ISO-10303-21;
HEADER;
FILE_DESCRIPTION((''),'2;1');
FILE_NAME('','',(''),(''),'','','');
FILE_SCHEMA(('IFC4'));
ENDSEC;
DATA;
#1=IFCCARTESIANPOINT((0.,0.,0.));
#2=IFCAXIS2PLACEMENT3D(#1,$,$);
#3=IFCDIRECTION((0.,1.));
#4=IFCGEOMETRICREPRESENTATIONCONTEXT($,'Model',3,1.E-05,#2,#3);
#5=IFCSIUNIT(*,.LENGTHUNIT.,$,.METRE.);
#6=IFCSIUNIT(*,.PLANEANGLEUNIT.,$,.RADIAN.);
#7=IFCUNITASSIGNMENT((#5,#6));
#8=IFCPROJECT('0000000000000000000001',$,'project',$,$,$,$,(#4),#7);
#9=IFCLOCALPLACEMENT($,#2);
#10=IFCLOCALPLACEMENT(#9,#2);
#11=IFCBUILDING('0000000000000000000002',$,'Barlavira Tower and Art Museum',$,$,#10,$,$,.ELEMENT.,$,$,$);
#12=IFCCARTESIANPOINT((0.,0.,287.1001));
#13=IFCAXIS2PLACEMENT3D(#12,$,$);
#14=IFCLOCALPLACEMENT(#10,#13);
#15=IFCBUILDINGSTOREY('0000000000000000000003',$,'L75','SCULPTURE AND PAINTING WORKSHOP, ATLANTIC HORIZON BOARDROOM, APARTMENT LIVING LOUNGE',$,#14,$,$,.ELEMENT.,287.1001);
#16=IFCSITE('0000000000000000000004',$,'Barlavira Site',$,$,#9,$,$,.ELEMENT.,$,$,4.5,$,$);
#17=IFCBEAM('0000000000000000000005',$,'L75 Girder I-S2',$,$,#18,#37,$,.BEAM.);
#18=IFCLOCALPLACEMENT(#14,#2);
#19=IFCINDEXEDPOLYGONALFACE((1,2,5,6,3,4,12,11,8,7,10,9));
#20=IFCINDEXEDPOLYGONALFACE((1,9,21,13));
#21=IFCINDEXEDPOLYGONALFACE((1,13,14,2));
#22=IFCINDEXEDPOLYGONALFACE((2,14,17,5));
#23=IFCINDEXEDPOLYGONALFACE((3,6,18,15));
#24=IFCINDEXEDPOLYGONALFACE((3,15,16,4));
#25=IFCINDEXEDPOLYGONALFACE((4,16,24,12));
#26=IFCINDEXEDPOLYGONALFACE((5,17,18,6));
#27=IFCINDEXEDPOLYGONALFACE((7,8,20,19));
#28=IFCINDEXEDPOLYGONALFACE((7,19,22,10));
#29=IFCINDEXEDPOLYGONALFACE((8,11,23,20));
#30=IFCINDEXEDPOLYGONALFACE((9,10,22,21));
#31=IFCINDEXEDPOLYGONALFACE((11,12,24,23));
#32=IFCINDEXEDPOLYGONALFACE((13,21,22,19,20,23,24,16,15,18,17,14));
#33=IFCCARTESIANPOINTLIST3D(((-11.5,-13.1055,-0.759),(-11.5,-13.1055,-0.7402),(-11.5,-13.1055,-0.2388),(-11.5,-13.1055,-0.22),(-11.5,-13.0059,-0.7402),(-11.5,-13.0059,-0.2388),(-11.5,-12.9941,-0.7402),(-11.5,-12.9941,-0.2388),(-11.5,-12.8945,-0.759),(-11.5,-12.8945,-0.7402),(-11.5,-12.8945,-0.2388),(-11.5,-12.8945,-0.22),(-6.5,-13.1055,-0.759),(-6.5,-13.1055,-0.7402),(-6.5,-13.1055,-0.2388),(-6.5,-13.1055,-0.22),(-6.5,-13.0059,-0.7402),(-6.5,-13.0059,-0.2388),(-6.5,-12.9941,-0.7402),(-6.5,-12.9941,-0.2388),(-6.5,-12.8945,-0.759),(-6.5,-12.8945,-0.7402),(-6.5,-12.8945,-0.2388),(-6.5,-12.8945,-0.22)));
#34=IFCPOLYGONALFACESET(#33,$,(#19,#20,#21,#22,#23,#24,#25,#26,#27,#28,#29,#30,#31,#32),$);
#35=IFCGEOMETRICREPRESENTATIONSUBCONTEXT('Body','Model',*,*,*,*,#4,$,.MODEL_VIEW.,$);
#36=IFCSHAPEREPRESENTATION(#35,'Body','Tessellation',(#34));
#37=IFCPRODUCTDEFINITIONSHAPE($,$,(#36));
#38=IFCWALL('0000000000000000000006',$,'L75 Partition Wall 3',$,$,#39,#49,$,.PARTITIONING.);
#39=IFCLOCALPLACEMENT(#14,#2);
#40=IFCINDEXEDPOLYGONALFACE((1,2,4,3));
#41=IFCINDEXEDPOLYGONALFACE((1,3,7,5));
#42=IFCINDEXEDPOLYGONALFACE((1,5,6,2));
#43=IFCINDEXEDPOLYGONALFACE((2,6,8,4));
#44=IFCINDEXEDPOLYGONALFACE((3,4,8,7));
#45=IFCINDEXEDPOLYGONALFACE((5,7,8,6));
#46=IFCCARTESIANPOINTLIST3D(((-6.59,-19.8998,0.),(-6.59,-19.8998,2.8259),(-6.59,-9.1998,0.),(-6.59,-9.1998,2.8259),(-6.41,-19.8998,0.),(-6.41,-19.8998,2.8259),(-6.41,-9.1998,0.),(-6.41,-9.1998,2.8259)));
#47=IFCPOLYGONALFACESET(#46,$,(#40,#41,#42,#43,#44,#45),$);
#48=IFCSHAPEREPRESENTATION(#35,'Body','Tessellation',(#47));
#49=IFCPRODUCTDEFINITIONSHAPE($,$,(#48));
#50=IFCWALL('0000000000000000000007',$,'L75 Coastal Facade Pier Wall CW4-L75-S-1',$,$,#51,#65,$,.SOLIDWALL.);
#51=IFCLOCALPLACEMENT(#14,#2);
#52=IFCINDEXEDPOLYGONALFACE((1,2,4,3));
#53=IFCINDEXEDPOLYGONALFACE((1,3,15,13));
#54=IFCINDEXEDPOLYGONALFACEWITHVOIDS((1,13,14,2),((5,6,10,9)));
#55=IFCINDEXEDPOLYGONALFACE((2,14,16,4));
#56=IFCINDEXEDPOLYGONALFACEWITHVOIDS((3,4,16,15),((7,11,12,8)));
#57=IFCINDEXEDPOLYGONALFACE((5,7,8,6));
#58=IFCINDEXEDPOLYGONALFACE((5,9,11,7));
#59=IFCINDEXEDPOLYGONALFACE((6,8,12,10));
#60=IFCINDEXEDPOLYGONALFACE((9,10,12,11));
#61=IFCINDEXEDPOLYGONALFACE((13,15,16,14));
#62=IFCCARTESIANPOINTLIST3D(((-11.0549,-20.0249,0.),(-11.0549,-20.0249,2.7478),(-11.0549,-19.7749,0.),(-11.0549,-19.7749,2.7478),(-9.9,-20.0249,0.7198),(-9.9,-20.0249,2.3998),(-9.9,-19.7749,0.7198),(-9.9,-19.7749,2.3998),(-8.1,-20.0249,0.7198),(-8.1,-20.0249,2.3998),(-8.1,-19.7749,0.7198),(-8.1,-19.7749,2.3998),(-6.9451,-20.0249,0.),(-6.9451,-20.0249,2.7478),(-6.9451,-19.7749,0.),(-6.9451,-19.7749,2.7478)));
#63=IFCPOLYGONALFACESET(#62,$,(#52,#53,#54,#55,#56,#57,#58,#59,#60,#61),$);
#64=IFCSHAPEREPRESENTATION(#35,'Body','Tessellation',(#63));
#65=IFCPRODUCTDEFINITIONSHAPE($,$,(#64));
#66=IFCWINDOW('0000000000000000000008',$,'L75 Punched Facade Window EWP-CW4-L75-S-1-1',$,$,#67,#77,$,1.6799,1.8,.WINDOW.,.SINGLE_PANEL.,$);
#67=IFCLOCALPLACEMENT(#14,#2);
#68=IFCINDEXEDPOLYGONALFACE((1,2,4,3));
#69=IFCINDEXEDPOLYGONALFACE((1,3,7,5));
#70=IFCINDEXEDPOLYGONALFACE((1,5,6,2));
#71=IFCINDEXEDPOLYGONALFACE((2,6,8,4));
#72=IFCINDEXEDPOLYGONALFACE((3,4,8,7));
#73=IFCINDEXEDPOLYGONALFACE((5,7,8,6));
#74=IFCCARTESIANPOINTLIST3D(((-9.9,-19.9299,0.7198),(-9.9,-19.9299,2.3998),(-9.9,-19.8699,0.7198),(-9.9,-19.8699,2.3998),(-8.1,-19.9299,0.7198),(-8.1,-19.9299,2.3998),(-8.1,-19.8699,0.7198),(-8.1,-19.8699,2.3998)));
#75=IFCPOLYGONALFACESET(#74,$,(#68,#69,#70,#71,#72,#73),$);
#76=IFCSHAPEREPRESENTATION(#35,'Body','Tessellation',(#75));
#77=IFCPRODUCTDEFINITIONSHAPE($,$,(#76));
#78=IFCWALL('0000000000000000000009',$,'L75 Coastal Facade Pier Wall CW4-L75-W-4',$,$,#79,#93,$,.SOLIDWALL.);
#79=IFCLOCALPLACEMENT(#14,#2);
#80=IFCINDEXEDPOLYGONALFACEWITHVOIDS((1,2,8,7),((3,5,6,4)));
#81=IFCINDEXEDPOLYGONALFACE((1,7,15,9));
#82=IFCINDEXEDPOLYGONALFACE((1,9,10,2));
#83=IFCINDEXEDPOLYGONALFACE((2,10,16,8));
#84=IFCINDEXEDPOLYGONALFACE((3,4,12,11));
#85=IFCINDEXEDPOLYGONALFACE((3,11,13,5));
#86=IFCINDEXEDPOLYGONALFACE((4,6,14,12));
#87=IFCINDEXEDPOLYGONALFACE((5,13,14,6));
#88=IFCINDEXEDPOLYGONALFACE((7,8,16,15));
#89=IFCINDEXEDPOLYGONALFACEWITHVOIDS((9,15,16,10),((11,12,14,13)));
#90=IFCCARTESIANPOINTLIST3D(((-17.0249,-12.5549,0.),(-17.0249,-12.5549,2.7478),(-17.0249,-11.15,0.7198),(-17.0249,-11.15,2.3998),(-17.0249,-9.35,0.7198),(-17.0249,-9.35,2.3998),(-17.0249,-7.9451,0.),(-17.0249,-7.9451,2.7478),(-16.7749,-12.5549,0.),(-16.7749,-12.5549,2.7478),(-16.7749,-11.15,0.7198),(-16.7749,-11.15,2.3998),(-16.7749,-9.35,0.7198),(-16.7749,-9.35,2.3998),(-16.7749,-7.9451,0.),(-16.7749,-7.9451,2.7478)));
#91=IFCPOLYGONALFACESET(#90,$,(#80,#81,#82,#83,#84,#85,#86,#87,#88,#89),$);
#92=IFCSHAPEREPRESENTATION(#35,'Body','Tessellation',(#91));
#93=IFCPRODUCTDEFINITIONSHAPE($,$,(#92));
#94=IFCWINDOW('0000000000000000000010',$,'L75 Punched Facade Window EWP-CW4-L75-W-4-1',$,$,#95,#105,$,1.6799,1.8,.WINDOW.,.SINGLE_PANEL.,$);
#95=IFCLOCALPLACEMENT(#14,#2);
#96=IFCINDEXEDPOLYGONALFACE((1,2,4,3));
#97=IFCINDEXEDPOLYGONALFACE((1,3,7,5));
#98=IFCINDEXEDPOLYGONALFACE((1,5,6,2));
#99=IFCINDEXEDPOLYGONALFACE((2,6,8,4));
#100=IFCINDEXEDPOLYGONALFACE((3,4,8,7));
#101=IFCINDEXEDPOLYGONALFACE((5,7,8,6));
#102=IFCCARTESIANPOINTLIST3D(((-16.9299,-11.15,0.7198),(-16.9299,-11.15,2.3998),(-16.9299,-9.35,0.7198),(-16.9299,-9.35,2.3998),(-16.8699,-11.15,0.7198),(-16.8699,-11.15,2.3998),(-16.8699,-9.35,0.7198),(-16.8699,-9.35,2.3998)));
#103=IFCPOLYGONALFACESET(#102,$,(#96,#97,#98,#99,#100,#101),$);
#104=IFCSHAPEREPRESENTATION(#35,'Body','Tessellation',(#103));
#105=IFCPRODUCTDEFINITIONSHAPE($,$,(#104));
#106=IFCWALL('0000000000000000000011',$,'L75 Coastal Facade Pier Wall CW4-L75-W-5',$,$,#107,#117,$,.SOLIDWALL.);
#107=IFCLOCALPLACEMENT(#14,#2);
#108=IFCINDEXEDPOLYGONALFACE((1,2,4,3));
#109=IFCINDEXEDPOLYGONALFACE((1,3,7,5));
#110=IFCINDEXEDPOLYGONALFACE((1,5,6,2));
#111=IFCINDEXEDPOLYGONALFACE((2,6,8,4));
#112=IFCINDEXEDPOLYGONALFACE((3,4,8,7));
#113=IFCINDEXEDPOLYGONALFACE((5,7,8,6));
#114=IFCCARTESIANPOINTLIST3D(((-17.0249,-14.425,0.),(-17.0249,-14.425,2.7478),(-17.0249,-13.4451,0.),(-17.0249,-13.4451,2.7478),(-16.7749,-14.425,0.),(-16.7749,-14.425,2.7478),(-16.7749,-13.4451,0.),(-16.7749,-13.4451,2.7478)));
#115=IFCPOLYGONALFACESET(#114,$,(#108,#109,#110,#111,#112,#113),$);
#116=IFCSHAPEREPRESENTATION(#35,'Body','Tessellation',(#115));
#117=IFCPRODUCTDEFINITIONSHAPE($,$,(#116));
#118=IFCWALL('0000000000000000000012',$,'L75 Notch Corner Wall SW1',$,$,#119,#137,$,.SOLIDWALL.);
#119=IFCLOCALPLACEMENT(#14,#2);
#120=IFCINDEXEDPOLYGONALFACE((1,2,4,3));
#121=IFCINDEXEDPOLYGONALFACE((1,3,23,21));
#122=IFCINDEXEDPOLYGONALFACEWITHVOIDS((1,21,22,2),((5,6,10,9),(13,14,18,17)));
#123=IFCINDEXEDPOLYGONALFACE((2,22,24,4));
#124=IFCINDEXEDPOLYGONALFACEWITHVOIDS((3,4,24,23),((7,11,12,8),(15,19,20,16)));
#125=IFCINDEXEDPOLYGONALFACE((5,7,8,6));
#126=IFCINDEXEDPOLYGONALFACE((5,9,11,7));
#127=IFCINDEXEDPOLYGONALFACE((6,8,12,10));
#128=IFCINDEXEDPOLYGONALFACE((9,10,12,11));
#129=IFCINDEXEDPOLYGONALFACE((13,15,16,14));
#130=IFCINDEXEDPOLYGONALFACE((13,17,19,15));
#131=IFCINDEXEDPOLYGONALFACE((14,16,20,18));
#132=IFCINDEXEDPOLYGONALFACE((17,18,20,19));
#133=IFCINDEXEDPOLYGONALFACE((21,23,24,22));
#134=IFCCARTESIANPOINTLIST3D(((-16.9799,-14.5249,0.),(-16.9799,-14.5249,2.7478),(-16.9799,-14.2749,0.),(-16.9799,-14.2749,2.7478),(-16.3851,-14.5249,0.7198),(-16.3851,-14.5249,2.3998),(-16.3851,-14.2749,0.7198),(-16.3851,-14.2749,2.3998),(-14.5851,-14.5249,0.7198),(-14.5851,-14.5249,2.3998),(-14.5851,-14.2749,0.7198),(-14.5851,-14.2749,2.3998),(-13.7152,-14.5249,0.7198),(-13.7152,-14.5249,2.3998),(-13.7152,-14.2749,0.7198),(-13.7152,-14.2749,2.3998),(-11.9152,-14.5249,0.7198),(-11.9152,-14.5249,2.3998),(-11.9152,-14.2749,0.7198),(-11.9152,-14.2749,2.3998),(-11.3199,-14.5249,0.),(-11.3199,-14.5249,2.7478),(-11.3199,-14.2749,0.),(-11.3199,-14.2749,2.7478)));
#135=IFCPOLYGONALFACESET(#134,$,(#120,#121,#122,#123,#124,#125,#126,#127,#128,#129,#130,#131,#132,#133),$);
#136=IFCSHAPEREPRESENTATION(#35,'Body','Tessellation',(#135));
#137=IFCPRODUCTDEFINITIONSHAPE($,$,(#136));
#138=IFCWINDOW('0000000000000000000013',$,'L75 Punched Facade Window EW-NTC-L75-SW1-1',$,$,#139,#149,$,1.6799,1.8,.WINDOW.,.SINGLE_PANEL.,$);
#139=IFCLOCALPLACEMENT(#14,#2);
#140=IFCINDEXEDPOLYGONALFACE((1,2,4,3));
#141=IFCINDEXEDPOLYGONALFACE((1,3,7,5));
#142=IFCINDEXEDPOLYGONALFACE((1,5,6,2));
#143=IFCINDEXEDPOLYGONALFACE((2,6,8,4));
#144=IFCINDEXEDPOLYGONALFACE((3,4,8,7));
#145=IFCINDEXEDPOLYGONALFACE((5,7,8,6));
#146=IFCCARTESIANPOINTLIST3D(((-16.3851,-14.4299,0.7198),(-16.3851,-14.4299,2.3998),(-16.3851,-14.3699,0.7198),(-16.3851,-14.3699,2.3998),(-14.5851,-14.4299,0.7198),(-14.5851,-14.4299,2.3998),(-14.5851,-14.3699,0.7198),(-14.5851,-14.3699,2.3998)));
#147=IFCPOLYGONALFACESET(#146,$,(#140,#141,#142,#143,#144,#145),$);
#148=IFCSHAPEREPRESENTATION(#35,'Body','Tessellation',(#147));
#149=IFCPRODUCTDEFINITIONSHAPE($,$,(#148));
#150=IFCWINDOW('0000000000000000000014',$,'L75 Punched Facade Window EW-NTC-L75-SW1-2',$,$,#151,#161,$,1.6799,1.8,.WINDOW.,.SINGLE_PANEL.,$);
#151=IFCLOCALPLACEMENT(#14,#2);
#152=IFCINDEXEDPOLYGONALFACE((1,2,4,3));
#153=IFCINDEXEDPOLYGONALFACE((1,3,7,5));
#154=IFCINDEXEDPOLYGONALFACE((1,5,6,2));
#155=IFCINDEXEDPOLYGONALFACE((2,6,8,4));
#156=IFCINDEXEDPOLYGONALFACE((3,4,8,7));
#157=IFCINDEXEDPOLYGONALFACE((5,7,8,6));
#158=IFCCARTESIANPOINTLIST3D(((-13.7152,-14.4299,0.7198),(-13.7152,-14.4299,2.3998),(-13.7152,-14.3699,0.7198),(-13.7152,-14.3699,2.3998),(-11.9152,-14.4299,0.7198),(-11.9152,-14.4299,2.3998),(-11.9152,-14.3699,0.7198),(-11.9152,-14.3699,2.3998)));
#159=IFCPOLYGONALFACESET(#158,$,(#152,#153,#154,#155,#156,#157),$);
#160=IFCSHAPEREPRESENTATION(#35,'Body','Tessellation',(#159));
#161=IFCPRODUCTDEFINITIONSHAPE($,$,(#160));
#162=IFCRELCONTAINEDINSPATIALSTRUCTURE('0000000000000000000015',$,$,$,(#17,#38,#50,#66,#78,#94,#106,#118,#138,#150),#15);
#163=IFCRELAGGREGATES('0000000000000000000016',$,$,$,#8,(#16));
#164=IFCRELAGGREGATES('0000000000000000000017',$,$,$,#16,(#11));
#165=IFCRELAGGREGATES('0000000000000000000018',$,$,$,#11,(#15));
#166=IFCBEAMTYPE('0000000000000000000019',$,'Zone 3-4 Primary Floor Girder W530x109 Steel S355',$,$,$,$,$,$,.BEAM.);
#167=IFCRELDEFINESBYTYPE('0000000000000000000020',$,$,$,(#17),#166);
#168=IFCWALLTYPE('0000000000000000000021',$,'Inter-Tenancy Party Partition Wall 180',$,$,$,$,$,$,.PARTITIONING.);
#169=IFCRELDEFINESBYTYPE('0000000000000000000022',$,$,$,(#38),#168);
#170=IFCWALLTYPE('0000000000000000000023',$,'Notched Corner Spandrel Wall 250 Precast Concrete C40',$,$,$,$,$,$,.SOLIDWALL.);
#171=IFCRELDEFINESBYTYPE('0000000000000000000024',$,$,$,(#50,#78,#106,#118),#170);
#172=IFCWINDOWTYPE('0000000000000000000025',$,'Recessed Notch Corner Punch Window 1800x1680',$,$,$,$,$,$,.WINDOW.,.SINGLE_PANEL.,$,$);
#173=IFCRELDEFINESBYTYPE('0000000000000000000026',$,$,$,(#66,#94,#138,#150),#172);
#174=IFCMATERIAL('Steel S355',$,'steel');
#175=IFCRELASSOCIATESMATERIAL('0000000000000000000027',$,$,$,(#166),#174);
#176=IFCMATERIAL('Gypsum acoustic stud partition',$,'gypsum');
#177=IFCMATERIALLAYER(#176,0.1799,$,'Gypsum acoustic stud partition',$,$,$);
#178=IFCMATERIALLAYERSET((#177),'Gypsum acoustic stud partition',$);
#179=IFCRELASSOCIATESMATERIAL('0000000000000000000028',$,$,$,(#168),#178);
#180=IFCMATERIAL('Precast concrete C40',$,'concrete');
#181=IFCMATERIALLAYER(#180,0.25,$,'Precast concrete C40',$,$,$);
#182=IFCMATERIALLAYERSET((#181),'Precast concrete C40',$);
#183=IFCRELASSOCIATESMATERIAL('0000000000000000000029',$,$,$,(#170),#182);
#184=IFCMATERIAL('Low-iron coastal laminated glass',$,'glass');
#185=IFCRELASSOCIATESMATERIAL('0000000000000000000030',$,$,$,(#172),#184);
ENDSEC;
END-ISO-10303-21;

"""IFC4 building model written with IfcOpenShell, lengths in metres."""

from ifc_helpers import new_model, si_unit, direction, frame, frame_2d, origin, origin_2d, place, context, subcontext, project, spatial, rectangle, i_section, extrude, material, layer, layer_set, material_profile, profile_set, type_object, element, fill, save


model = new_model("IFC4")

# Units and contexts
model_context = context("Model", 3, precision=1e-05, world=origin(), true_north=direction((0.0, 1.0)))
body_context = subcontext(model_context, "Body", "Model", "MODEL_VIEW")
ifc_project = project(units=[si_unit("LENGTHUNIT", "METRE"), si_unit("PLANEANGLEUNIT", "RADIAN")], contexts=[model_context])

# Site, building, storey
site_placement = place(None, origin())
site = spatial("IfcSite", under=ifc_project, at=site_placement, Name="Barlavira Site", CompositionType="ELEMENT", RefElevation=4.5)
building_placement = place(site_placement, origin())
building = spatial("IfcBuilding", under=site, at=building_placement, Name="Barlavira Tower and Art Museum", CompositionType="ELEMENT")
storey_placement = place(building_placement, frame((0.0, 0.0, 287.1001)))
storey = spatial("IfcBuildingStorey", under=building, at=storey_placement, Name="L75", Description="SCULPTURE AND PAINTING WORKSHOP, ATLANTIC HORIZON BOARDROOM, APARTMENT LIVING LOUNGE", CompositionType="ELEMENT", Elevation=287.1001)

# Beam
ifc_material_1 = material(Name="Steel S355", Category="steel")
ifc_material_profile_1 = material_profile(ifc_material_1, i_section(OverallWidth=0.2109, OverallDepth=0.5391, WebThickness=0.0117, FlangeThickness=0.0188, at=origin_2d()), Name="W530x109.0")
ifc_profile_set_1 = profile_set([ifc_material_profile_1], Name="Steel S355")
beam_type_1 = type_object("IfcBeamType", Name="Zone 3-4 Primary Floor Girder W530x109 Steel S355", PredefinedType="BEAM", material=ifc_profile_set_1)
beam_1_placement = place(storey_placement, frame((-11.5, -13.0, -0.4895), z_axis=(1.0, 0.0, 0.0), x_axis=(0.0, 1.0, 0.0)))
element("IfcBeam", 1, at=beam_1_placement, inside=storey, type_object=beam_type_1, Name="L75 Girder I-S2", PredefinedType="BEAM", context=body_context, shape_type="SweptSolid", body=[
    extrude(i_section(OverallWidth=0.2109, OverallDepth=0.5391, WebThickness=0.0117, FlangeThickness=0.0188, at=origin_2d()), origin(), (0.0, 0.0, 1.0), 5.0),
])

# Wall
ifc_material_2 = material(Name="Gypsum acoustic stud partition", Category="gypsum")
ifc_layer_1 = layer(ifc_material_2, 0.1799, Name="Gypsum acoustic stud partition")
ifc_layer_set_1 = layer_set([ifc_layer_1], Name="Gypsum acoustic stud partition")
wall_type_1 = type_object("IfcWallType", Name="Inter-Tenancy Party Partition Wall 180", PredefinedType="PARTITIONING", material=ifc_layer_set_1)
wall_1_placement = place(storey_placement, frame((-6.5, -19.8999, 0.0), z_axis=(0.0, 0.0, 1.0), x_axis=(0.0, 1.0, 0.0)))
element("IfcWall", 2, at=wall_1_placement, inside=storey, type_object=wall_type_1, Name="L75 Partition Wall 3", PredefinedType="PARTITIONING", context=body_context, shape_type="SweptSolid", body=[
    extrude(rectangle(XDim=10.7, YDim=0.1799, at=frame_2d((5.3501, 0.0))), origin(), (0.0, 0.0, 1.0), 2.8259),
])

# Walls, openings, windows
ifc_material_3 = material(Name="Precast concrete C40", Category="concrete")
ifc_layer_2 = layer(ifc_material_3, 0.25, Name="Precast concrete C40")
ifc_layer_set_2 = layer_set([ifc_layer_2], Name="Precast concrete C40")
wall_type_2 = type_object("IfcWallType", Name="Notched Corner Spandrel Wall 250 Precast Concrete C40", PredefinedType="SOLIDWALL", material=ifc_layer_set_2)
wall_2_placement = place(storey_placement, frame((-11.0549, -19.8999, 0.0), z_axis=(0.0, 0.0, 1.0), x_axis=(1.0, 0.0, 0.0)))
wall_2 = element("IfcWall", 3, at=wall_2_placement, inside=storey, type_object=wall_type_2, Name="L75 Coastal Facade Pier Wall CW4-L75-S-1", PredefinedType="SOLIDWALL", context=body_context, shape_type="SweptSolid", body=[
    extrude(rectangle(XDim=4.1099, YDim=0.25, at=frame_2d((2.0549, 0.0))), origin(), (0.0, 0.0, 1.0), 2.7478),
])
opening_1_placement = place(wall_2_placement, frame((1.155, 0.0, 0.72)))
opening_1 = element("IfcOpeningElement", 4, at=opening_1_placement, cuts=wall_2, PredefinedType="OPENING", context=body_context, shape_type="SweptSolid", body=[
    extrude(rectangle(XDim=1.8, YDim=1.6799, at=frame_2d((0.8999, 0.8398))), frame((0.0, 0.135, 0.0), z_axis=(0.0, -1.0, 0.0), x_axis=(1.0, 0.0, 0.0)), (0.0, 0.0, 1.0), 0.27),
])
ifc_material_4 = material(Name="Low-iron coastal laminated glass", Category="glass")
window_type = type_object("IfcWindowType", Name="Recessed Notch Corner Punch Window 1800x1680", PartitioningType="SINGLE_PANEL", PredefinedType="WINDOW", material=ifc_material_4)
window_1_placement = place(opening_1_placement, origin())
window_1 = element("IfcWindow", 5, at=window_1_placement, inside=storey, type_object=window_type, Name="L75 Punched Facade Window EWP-CW4-L75-S-1-1", OverallHeight=1.6799, OverallWidth=1.8, PartitioningType="SINGLE_PANEL", PredefinedType="WINDOW", context=body_context, shape_type="SweptSolid", body=[
    extrude(rectangle(XDim=1.8, YDim=1.6799, at=frame_2d((0.8999, 0.8398))), frame((0.0, 0.03, 0.0), z_axis=(0.0, -1.0, 0.0), x_axis=(1.0, 0.0, 0.0)), (0.0, 0.0, 1.0), 0.0601),
])
fill(opening_1, window_1)
wall_3_placement = place(storey_placement, frame((-16.8999, -7.9451, 0.0), z_axis=(0.0, 0.0, 1.0), x_axis=(0.0, -1.0, 0.0)))
wall_3 = element("IfcWall", 6, at=wall_3_placement, inside=storey, type_object=wall_type_2, Name="L75 Coastal Facade Pier Wall CW4-L75-W-4", PredefinedType="SOLIDWALL", context=body_context, shape_type="SweptSolid", body=[
    extrude(rectangle(XDim=4.6099, YDim=0.25, at=frame_2d((2.3049, 0.0))), origin(), (0.0, 0.0, 1.0), 2.7478),
])
opening_2_placement = place(wall_3_placement, frame((1.405, 0.0, 0.72)))
opening_2 = element("IfcOpeningElement", 7, at=opening_2_placement, cuts=wall_3, PredefinedType="OPENING", context=body_context, shape_type="SweptSolid", body=[
    extrude(rectangle(XDim=1.8, YDim=1.6799, at=frame_2d((0.8999, 0.8398))), frame((0.0, 0.135, 0.0), z_axis=(0.0, -1.0, 0.0), x_axis=(1.0, 0.0, 0.0)), (0.0, 0.0, 1.0), 0.27),
])
window_2_placement = place(opening_2_placement, origin())
window_2 = element("IfcWindow", 8, at=window_2_placement, inside=storey, type_object=window_type, Name="L75 Punched Facade Window EWP-CW4-L75-W-4-1", OverallHeight=1.6799, OverallWidth=1.8, PartitioningType="SINGLE_PANEL", PredefinedType="WINDOW", context=body_context, shape_type="SweptSolid", body=[
    extrude(rectangle(XDim=1.8, YDim=1.6799, at=frame_2d((0.8999, 0.8398))), frame((0.0, 0.03, 0.0), z_axis=(0.0, -1.0, 0.0), x_axis=(1.0, 0.0, 0.0)), (0.0, 0.0, 1.0), 0.0601),
])
fill(opening_2, window_2)

# Wall
wall_4_placement = place(storey_placement, frame((-16.8999, -13.4451, 0.0), z_axis=(0.0, 0.0, 1.0), x_axis=(0.0, -1.0, 0.0)))
element("IfcWall", 9, at=wall_4_placement, inside=storey, type_object=wall_type_2, Name="L75 Coastal Facade Pier Wall CW4-L75-W-5", PredefinedType="SOLIDWALL", context=body_context, shape_type="SweptSolid", body=[
    extrude(rectangle(XDim=0.98, YDim=0.25, at=frame_2d((0.49, 0.0))), origin(), (0.0, 0.0, 1.0), 2.7478),
])

# Wall, openings, windows
wall_5_placement = place(storey_placement, frame((-16.98, -14.3999, 0.0), z_axis=(0.0, 0.0, 1.0), x_axis=(1.0, 0.0, 0.0)))
wall_5 = element("IfcWall", 10, at=wall_5_placement, inside=storey, type_object=wall_type_2, Name="L75 Notch Corner Wall SW1", PredefinedType="SOLIDWALL", context=body_context, shape_type="SweptSolid", body=[
    extrude(rectangle(XDim=5.6599, YDim=0.25, at=frame_2d((2.8301, 0.0))), origin(), (0.0, 0.0, 1.0), 2.7478),
])
opening_3_placement = place(wall_5_placement, frame((0.595, 0.0, 0.72)))
opening_3 = element("IfcOpeningElement", 11, at=opening_3_placement, cuts=wall_5, PredefinedType="OPENING", context=body_context, shape_type="SweptSolid", body=[
    extrude(rectangle(XDim=1.8, YDim=1.6799, at=frame_2d((0.8999, 0.8398))), frame((0.0, 0.135, 0.0), z_axis=(0.0, -1.0, 0.0), x_axis=(1.0, 0.0, 0.0)), (0.0, 0.0, 1.0), 0.27),
])
opening_4_placement = place(wall_5_placement, frame((3.2649, 0.0, 0.72)))
opening_4 = element("IfcOpeningElement", 12, at=opening_4_placement, cuts=wall_5, PredefinedType="OPENING", context=body_context, shape_type="SweptSolid", body=[
    extrude(rectangle(XDim=1.8, YDim=1.6799, at=frame_2d((0.8999, 0.8398))), frame((0.0, 0.135, 0.0), z_axis=(0.0, -1.0, 0.0), x_axis=(1.0, 0.0, 0.0)), (0.0, 0.0, 1.0), 0.27),
])
window_3_placement = place(opening_3_placement, origin())
window_3 = element("IfcWindow", 13, at=window_3_placement, inside=storey, type_object=window_type, Name="L75 Punched Facade Window EW-NTC-L75-SW1-1", OverallHeight=1.6799, OverallWidth=1.8, PartitioningType="SINGLE_PANEL", PredefinedType="WINDOW", context=body_context, shape_type="SweptSolid", body=[
    extrude(rectangle(XDim=1.8, YDim=1.6799, at=frame_2d((0.8999, 0.8398))), frame((0.0, 0.03, 0.0), z_axis=(0.0, -1.0, 0.0), x_axis=(1.0, 0.0, 0.0)), (0.0, 0.0, 1.0), 0.0601),
])
fill(opening_3, window_3)
window_4_placement = place(opening_4_placement, origin())
window_4 = element("IfcWindow", 14, at=window_4_placement, inside=storey, type_object=window_type, Name="L75 Punched Facade Window EW-NTC-L75-SW1-2", OverallHeight=1.6799, OverallWidth=1.8, PartitioningType="SINGLE_PANEL", PredefinedType="WINDOW", context=body_context, shape_type="SweptSolid", body=[
    extrude(rectangle(XDim=1.8, YDim=1.6799, at=frame_2d((0.8999, 0.8398))), frame((0.0, 0.03, 0.0), z_axis=(0.0, -1.0, 0.0), x_axis=(1.0, 0.0, 0.0)), (0.0, 0.0, 1.0), 0.0601),
])
fill(opening_4, window_4)

save(model, "model.ifc")
